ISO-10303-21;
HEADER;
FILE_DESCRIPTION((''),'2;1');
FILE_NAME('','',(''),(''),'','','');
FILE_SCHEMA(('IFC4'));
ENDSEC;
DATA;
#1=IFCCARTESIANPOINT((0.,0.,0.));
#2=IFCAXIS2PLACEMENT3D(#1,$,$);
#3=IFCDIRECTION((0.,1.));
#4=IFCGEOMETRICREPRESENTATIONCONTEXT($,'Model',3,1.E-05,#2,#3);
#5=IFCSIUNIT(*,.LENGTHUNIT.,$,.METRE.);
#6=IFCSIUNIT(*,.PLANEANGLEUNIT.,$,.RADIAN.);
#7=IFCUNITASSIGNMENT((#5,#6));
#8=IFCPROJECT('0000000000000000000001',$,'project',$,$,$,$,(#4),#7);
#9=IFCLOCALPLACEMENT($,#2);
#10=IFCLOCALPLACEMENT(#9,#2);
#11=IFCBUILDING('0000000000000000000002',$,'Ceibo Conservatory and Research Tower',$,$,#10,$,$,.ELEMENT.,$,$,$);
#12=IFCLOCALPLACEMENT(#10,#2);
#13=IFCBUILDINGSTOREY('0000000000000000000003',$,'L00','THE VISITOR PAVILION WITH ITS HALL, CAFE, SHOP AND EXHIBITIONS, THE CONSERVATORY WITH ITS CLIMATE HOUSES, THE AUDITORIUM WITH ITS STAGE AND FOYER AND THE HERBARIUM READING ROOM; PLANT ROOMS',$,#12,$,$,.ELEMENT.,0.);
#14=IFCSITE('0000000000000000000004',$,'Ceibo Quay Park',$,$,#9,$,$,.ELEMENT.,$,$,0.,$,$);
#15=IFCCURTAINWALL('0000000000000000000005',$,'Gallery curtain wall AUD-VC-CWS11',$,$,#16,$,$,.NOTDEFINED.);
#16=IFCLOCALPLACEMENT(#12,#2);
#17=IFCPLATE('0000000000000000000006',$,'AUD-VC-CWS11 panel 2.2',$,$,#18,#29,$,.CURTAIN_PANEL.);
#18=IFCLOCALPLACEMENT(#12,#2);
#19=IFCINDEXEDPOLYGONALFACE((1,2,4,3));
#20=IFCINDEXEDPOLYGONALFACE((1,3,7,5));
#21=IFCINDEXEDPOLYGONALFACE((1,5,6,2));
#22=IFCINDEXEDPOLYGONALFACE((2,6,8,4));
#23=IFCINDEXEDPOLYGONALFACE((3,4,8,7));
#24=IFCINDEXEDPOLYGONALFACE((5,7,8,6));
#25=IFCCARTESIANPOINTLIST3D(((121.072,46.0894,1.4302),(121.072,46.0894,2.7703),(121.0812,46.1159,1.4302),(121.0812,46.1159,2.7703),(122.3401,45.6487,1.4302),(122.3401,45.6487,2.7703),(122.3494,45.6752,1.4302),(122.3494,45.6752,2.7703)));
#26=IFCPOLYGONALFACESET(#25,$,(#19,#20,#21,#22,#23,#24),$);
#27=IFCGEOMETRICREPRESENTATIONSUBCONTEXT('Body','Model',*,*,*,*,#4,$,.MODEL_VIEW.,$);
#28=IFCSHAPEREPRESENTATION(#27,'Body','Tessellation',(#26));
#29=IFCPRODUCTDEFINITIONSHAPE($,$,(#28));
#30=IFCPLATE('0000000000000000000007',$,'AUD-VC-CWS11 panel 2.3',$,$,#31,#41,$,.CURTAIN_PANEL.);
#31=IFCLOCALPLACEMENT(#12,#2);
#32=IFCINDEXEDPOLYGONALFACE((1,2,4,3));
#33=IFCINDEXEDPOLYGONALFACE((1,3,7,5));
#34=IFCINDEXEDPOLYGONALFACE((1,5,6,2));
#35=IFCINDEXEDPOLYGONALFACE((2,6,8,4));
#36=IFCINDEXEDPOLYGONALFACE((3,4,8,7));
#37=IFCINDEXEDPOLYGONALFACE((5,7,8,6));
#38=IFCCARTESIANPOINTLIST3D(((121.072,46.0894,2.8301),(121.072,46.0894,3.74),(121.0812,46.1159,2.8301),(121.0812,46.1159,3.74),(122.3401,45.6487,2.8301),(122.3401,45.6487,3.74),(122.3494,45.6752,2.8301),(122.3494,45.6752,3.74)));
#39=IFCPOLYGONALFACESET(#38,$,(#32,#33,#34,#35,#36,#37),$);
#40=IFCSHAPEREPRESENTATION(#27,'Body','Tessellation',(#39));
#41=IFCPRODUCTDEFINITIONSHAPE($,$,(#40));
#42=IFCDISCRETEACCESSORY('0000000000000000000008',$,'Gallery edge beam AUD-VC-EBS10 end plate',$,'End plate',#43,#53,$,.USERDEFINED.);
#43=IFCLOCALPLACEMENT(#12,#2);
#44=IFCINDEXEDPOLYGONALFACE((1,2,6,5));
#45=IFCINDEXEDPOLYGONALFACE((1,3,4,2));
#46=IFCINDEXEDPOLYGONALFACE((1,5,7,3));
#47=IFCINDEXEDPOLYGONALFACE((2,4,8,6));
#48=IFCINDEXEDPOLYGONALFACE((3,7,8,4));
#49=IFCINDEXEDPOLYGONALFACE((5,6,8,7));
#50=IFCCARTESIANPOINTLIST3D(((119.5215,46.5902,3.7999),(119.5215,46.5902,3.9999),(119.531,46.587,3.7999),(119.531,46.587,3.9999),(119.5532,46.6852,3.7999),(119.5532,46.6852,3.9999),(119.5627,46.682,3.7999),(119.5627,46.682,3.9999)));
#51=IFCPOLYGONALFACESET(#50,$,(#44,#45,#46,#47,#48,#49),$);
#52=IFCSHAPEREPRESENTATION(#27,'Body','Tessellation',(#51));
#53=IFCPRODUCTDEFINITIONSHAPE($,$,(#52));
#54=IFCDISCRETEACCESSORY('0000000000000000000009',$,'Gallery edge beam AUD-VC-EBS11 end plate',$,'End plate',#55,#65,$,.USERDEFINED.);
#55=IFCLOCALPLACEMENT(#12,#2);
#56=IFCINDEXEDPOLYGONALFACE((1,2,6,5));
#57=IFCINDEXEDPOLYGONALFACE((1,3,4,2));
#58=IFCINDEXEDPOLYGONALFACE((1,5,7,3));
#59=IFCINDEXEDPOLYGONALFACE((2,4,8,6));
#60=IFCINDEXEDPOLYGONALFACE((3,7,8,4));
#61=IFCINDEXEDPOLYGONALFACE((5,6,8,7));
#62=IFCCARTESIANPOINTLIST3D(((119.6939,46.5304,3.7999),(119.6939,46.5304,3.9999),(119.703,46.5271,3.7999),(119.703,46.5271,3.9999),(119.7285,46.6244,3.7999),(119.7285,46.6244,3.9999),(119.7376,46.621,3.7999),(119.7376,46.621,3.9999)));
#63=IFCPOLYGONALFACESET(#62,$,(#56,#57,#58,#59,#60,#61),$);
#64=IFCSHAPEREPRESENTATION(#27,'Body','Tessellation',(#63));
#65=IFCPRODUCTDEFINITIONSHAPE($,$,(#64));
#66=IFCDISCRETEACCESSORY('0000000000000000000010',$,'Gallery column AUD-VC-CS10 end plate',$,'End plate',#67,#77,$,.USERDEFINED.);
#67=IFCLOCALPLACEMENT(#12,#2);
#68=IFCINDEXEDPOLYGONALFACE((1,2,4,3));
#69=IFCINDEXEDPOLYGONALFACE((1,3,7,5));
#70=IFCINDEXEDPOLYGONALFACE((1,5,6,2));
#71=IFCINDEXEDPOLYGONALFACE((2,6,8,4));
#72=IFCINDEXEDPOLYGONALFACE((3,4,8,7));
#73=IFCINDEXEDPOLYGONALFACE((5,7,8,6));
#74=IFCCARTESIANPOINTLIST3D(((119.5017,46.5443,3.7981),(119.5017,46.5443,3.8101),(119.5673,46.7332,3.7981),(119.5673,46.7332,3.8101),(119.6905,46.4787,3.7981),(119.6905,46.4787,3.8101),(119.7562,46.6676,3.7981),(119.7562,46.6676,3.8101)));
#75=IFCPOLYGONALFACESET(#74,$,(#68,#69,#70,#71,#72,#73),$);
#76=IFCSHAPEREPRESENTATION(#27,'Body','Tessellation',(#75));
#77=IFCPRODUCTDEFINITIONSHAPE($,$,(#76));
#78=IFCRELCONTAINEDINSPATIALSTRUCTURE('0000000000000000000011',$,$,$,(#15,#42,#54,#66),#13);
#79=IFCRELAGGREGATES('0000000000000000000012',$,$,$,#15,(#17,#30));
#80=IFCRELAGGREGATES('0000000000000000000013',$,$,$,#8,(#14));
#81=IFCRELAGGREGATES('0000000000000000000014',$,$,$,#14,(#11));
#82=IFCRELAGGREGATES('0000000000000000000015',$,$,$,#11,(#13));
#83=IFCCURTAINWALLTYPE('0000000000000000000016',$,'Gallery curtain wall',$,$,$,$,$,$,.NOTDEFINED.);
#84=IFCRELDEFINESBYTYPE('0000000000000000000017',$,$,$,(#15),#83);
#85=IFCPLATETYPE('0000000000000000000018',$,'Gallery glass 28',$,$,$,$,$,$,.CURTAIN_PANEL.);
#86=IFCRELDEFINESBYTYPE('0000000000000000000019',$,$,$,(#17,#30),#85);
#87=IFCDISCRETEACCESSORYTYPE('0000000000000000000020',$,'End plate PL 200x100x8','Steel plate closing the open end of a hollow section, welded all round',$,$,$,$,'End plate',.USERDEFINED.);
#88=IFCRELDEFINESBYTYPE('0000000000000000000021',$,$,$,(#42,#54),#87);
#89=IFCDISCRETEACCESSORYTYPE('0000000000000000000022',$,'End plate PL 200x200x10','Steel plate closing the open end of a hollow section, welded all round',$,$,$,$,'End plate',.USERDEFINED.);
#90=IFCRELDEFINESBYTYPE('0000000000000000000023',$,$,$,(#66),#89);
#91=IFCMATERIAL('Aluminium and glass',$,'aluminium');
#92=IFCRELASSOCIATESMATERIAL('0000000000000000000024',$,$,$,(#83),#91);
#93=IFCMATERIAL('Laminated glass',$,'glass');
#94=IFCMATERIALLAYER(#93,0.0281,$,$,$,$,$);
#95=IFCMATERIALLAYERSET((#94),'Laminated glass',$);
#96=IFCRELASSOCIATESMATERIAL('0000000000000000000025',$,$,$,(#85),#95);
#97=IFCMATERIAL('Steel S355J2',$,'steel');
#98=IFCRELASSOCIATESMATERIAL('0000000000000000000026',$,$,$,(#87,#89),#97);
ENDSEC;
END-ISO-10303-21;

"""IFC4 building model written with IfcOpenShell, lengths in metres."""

from ifc_helpers import new_model, si_unit, direction, frame, origin, origin_2d, place, context, subcontext, project, spatial, rectangle, extrude, material, layer, layer_set, material_profile, profile_set, type_object, element, aggregate, save


model = new_model("IFC4")

# Units and contexts
model_context = context("Model", 3, precision=1e-05, world=origin(), true_north=direction((0.0, 1.0)))
body_context = subcontext(model_context, "Body", "Model", "MODEL_VIEW")
ifc_project = project(units=[si_unit("LENGTHUNIT", "METRE"), si_unit("PLANEANGLEUNIT", "RADIAN")], contexts=[model_context])

# Site, building, storey
site_placement = place(None, origin())
site = spatial("IfcSite", under=ifc_project, at=site_placement, Name="Ceibo Quay Park", CompositionType="ELEMENT", RefElevation=0.0)
building_placement = place(site_placement, origin())
building = spatial("IfcBuilding", under=site, at=building_placement, Name="Ceibo Conservatory and Research Tower", CompositionType="ELEMENT")
storey_placement = place(building_placement, origin())
storey = spatial("IfcBuildingStorey", under=building, at=storey_placement, Name="L00", Description="THE VISITOR PAVILION WITH ITS HALL, CAFE, SHOP AND EXHIBITIONS, THE CONSERVATORY WITH ITS CLIMATE HOUSES, THE AUDITORIUM WITH ITS STAGE AND FOYER AND THE HERBARIUM READING ROOM; PLANT ROOMS", CompositionType="ELEMENT", Elevation=0.0)

# Shared definitions
ifc_material_1 = material(Name="Aluminium and glass", Category="aluminium")
curtain_wall_type = type_object("IfcCurtainWallType", Name="Gallery curtain wall", PredefinedType="NOTDEFINED", material=ifc_material_1)

# Curtain wall
curtain_wall_1_placement = place(storey_placement, origin())
curtain_wall_1 = element("IfcCurtainWall", 1, at=curtain_wall_1_placement, inside=storey, type_object=curtain_wall_type, Name="Gallery curtain wall AUD-VC-CWS11", PredefinedType="NOTDEFINED")

# Plates
ifc_material_2 = material(Name="Laminated glass", Category="glass")
ifc_layer = layer(ifc_material_2, 0.0281)
ifc_layer_set = layer_set([ifc_layer], Name="Laminated glass")
plate_type = type_object("IfcPlateType", Name="Gallery glass 28", PredefinedType="CURTAIN_PANEL", material=ifc_layer_set)
plate_1_placement = place(storey_placement, frame((121.7107, 45.8823, 1.4302), z_axis=(0.0, 0.0, 1.0), x_axis=(0.944579, -0.328284, 0.0)))
plate_1 = element("IfcPlate", 2, at=plate_1_placement, type_object=plate_type, Name="AUD-VC-CWS11 panel 2.2", PredefinedType="CURTAIN_PANEL", context=body_context, shape_type="SweptSolid", body=[
    extrude(rectangle(XDim=1.3425, YDim=0.0281, at=origin_2d()), origin(), (0.0, 0.0, 1.0), 1.3401),
])
plate_2_placement = place(storey_placement, frame((121.7107, 45.8823, 2.8301), z_axis=(0.0, 0.0, 1.0), x_axis=(0.944579, -0.328284, 0.0)))
plate_2 = element("IfcPlate", 3, at=plate_2_placement, type_object=plate_type, Name="AUD-VC-CWS11 panel 2.3", PredefinedType="CURTAIN_PANEL", context=body_context, shape_type="SweptSolid", body=[
    extrude(rectangle(XDim=1.3425, YDim=0.0281, at=origin_2d()), origin(), (0.0, 0.0, 1.0), 0.9099),
])
aggregate(curtain_wall_1, [plate_1, plate_2])

# Discrete accessories
ifc_material_3 = material(Name="Steel S355J2", Category="steel")
ifc_material_profile_1 = material_profile(ifc_material_3, rectangle(XDim=0.1001, YDim=0.2, at=origin_2d()), Name="End plate PL 200x100x8")
ifc_profile_set_1 = profile_set([ifc_material_profile_1], Name="Steel S355J2")
discrete_accessory_type_1 = type_object("IfcDiscreteAccessoryType", Name="End plate PL 200x100x8", Description="Steel plate closing the open end of a hollow section, welded all round", ElementType="End plate", PredefinedType="USERDEFINED", material=ifc_profile_set_1)
discrete_accessory_1_placement = place(storey_placement, frame((119.5374, 46.6377, 3.8999), z_axis=(0.948683, -0.316228, 0.0), x_axis=(0.316228, 0.948683, 0.0)))
element("IfcDiscreteAccessory", 4, at=discrete_accessory_1_placement, inside=storey, type_object=discrete_accessory_type_1, Name="Gallery edge beam AUD-VC-EBS10 end plate", ObjectType="End plate", PredefinedType="USERDEFINED", context=body_context, shape_type="SweptSolid", body=[
    extrude(rectangle(XDim=0.1001, YDim=0.2, at=origin_2d()), origin(), (0.0, 0.0, 1.0), 0.01),
])
discrete_accessory_2_placement = place(storey_placement, frame((119.7112, 46.5774, 3.8999), z_axis=(0.938343, -0.345705, 0.0), x_axis=(0.345705, 0.938343, 0.0)))
element("IfcDiscreteAccessory", 5, at=discrete_accessory_2_placement, inside=storey, type_object=discrete_accessory_type_1, Name="Gallery edge beam AUD-VC-EBS11 end plate", ObjectType="End plate", PredefinedType="USERDEFINED", context=body_context, shape_type="SweptSolid", body=[
    extrude(rectangle(XDim=0.1001, YDim=0.2, at=origin_2d()), origin(), (0.0, 0.0, 1.0), 0.0098),
])
ifc_material_profile_2 = material_profile(ifc_material_3, rectangle(XDim=0.2, YDim=0.2, at=origin_2d()), Name="End plate PL 200x200x10")
ifc_profile_set_2 = profile_set([ifc_material_profile_2], Name="Steel S355J2")
discrete_accessory_type_2 = type_object("IfcDiscreteAccessoryType", Name="End plate PL 200x200x10", Description="Steel plate closing the open end of a hollow section, welded all round", ElementType="End plate", PredefinedType="USERDEFINED", material=ifc_profile_set_2)
discrete_accessory_3_placement = place(storey_placement, frame((119.6289, 46.606, 3.7981), z_axis=(0.0, 0.0, 1.0), x_axis=(0.944579, -0.328284, 0.0)))
element("IfcDiscreteAccessory", 6, at=discrete_accessory_3_placement, inside=storey, type_object=discrete_accessory_type_2, Name="Gallery column AUD-VC-CS10 end plate", ObjectType="End plate", PredefinedType="USERDEFINED", context=body_context, shape_type="SweptSolid", body=[
    extrude(rectangle(XDim=0.2, YDim=0.2, at=origin_2d()), origin(), (0.0, 0.0, 1.0), 0.012),
])

save(model, "model.ifc")
